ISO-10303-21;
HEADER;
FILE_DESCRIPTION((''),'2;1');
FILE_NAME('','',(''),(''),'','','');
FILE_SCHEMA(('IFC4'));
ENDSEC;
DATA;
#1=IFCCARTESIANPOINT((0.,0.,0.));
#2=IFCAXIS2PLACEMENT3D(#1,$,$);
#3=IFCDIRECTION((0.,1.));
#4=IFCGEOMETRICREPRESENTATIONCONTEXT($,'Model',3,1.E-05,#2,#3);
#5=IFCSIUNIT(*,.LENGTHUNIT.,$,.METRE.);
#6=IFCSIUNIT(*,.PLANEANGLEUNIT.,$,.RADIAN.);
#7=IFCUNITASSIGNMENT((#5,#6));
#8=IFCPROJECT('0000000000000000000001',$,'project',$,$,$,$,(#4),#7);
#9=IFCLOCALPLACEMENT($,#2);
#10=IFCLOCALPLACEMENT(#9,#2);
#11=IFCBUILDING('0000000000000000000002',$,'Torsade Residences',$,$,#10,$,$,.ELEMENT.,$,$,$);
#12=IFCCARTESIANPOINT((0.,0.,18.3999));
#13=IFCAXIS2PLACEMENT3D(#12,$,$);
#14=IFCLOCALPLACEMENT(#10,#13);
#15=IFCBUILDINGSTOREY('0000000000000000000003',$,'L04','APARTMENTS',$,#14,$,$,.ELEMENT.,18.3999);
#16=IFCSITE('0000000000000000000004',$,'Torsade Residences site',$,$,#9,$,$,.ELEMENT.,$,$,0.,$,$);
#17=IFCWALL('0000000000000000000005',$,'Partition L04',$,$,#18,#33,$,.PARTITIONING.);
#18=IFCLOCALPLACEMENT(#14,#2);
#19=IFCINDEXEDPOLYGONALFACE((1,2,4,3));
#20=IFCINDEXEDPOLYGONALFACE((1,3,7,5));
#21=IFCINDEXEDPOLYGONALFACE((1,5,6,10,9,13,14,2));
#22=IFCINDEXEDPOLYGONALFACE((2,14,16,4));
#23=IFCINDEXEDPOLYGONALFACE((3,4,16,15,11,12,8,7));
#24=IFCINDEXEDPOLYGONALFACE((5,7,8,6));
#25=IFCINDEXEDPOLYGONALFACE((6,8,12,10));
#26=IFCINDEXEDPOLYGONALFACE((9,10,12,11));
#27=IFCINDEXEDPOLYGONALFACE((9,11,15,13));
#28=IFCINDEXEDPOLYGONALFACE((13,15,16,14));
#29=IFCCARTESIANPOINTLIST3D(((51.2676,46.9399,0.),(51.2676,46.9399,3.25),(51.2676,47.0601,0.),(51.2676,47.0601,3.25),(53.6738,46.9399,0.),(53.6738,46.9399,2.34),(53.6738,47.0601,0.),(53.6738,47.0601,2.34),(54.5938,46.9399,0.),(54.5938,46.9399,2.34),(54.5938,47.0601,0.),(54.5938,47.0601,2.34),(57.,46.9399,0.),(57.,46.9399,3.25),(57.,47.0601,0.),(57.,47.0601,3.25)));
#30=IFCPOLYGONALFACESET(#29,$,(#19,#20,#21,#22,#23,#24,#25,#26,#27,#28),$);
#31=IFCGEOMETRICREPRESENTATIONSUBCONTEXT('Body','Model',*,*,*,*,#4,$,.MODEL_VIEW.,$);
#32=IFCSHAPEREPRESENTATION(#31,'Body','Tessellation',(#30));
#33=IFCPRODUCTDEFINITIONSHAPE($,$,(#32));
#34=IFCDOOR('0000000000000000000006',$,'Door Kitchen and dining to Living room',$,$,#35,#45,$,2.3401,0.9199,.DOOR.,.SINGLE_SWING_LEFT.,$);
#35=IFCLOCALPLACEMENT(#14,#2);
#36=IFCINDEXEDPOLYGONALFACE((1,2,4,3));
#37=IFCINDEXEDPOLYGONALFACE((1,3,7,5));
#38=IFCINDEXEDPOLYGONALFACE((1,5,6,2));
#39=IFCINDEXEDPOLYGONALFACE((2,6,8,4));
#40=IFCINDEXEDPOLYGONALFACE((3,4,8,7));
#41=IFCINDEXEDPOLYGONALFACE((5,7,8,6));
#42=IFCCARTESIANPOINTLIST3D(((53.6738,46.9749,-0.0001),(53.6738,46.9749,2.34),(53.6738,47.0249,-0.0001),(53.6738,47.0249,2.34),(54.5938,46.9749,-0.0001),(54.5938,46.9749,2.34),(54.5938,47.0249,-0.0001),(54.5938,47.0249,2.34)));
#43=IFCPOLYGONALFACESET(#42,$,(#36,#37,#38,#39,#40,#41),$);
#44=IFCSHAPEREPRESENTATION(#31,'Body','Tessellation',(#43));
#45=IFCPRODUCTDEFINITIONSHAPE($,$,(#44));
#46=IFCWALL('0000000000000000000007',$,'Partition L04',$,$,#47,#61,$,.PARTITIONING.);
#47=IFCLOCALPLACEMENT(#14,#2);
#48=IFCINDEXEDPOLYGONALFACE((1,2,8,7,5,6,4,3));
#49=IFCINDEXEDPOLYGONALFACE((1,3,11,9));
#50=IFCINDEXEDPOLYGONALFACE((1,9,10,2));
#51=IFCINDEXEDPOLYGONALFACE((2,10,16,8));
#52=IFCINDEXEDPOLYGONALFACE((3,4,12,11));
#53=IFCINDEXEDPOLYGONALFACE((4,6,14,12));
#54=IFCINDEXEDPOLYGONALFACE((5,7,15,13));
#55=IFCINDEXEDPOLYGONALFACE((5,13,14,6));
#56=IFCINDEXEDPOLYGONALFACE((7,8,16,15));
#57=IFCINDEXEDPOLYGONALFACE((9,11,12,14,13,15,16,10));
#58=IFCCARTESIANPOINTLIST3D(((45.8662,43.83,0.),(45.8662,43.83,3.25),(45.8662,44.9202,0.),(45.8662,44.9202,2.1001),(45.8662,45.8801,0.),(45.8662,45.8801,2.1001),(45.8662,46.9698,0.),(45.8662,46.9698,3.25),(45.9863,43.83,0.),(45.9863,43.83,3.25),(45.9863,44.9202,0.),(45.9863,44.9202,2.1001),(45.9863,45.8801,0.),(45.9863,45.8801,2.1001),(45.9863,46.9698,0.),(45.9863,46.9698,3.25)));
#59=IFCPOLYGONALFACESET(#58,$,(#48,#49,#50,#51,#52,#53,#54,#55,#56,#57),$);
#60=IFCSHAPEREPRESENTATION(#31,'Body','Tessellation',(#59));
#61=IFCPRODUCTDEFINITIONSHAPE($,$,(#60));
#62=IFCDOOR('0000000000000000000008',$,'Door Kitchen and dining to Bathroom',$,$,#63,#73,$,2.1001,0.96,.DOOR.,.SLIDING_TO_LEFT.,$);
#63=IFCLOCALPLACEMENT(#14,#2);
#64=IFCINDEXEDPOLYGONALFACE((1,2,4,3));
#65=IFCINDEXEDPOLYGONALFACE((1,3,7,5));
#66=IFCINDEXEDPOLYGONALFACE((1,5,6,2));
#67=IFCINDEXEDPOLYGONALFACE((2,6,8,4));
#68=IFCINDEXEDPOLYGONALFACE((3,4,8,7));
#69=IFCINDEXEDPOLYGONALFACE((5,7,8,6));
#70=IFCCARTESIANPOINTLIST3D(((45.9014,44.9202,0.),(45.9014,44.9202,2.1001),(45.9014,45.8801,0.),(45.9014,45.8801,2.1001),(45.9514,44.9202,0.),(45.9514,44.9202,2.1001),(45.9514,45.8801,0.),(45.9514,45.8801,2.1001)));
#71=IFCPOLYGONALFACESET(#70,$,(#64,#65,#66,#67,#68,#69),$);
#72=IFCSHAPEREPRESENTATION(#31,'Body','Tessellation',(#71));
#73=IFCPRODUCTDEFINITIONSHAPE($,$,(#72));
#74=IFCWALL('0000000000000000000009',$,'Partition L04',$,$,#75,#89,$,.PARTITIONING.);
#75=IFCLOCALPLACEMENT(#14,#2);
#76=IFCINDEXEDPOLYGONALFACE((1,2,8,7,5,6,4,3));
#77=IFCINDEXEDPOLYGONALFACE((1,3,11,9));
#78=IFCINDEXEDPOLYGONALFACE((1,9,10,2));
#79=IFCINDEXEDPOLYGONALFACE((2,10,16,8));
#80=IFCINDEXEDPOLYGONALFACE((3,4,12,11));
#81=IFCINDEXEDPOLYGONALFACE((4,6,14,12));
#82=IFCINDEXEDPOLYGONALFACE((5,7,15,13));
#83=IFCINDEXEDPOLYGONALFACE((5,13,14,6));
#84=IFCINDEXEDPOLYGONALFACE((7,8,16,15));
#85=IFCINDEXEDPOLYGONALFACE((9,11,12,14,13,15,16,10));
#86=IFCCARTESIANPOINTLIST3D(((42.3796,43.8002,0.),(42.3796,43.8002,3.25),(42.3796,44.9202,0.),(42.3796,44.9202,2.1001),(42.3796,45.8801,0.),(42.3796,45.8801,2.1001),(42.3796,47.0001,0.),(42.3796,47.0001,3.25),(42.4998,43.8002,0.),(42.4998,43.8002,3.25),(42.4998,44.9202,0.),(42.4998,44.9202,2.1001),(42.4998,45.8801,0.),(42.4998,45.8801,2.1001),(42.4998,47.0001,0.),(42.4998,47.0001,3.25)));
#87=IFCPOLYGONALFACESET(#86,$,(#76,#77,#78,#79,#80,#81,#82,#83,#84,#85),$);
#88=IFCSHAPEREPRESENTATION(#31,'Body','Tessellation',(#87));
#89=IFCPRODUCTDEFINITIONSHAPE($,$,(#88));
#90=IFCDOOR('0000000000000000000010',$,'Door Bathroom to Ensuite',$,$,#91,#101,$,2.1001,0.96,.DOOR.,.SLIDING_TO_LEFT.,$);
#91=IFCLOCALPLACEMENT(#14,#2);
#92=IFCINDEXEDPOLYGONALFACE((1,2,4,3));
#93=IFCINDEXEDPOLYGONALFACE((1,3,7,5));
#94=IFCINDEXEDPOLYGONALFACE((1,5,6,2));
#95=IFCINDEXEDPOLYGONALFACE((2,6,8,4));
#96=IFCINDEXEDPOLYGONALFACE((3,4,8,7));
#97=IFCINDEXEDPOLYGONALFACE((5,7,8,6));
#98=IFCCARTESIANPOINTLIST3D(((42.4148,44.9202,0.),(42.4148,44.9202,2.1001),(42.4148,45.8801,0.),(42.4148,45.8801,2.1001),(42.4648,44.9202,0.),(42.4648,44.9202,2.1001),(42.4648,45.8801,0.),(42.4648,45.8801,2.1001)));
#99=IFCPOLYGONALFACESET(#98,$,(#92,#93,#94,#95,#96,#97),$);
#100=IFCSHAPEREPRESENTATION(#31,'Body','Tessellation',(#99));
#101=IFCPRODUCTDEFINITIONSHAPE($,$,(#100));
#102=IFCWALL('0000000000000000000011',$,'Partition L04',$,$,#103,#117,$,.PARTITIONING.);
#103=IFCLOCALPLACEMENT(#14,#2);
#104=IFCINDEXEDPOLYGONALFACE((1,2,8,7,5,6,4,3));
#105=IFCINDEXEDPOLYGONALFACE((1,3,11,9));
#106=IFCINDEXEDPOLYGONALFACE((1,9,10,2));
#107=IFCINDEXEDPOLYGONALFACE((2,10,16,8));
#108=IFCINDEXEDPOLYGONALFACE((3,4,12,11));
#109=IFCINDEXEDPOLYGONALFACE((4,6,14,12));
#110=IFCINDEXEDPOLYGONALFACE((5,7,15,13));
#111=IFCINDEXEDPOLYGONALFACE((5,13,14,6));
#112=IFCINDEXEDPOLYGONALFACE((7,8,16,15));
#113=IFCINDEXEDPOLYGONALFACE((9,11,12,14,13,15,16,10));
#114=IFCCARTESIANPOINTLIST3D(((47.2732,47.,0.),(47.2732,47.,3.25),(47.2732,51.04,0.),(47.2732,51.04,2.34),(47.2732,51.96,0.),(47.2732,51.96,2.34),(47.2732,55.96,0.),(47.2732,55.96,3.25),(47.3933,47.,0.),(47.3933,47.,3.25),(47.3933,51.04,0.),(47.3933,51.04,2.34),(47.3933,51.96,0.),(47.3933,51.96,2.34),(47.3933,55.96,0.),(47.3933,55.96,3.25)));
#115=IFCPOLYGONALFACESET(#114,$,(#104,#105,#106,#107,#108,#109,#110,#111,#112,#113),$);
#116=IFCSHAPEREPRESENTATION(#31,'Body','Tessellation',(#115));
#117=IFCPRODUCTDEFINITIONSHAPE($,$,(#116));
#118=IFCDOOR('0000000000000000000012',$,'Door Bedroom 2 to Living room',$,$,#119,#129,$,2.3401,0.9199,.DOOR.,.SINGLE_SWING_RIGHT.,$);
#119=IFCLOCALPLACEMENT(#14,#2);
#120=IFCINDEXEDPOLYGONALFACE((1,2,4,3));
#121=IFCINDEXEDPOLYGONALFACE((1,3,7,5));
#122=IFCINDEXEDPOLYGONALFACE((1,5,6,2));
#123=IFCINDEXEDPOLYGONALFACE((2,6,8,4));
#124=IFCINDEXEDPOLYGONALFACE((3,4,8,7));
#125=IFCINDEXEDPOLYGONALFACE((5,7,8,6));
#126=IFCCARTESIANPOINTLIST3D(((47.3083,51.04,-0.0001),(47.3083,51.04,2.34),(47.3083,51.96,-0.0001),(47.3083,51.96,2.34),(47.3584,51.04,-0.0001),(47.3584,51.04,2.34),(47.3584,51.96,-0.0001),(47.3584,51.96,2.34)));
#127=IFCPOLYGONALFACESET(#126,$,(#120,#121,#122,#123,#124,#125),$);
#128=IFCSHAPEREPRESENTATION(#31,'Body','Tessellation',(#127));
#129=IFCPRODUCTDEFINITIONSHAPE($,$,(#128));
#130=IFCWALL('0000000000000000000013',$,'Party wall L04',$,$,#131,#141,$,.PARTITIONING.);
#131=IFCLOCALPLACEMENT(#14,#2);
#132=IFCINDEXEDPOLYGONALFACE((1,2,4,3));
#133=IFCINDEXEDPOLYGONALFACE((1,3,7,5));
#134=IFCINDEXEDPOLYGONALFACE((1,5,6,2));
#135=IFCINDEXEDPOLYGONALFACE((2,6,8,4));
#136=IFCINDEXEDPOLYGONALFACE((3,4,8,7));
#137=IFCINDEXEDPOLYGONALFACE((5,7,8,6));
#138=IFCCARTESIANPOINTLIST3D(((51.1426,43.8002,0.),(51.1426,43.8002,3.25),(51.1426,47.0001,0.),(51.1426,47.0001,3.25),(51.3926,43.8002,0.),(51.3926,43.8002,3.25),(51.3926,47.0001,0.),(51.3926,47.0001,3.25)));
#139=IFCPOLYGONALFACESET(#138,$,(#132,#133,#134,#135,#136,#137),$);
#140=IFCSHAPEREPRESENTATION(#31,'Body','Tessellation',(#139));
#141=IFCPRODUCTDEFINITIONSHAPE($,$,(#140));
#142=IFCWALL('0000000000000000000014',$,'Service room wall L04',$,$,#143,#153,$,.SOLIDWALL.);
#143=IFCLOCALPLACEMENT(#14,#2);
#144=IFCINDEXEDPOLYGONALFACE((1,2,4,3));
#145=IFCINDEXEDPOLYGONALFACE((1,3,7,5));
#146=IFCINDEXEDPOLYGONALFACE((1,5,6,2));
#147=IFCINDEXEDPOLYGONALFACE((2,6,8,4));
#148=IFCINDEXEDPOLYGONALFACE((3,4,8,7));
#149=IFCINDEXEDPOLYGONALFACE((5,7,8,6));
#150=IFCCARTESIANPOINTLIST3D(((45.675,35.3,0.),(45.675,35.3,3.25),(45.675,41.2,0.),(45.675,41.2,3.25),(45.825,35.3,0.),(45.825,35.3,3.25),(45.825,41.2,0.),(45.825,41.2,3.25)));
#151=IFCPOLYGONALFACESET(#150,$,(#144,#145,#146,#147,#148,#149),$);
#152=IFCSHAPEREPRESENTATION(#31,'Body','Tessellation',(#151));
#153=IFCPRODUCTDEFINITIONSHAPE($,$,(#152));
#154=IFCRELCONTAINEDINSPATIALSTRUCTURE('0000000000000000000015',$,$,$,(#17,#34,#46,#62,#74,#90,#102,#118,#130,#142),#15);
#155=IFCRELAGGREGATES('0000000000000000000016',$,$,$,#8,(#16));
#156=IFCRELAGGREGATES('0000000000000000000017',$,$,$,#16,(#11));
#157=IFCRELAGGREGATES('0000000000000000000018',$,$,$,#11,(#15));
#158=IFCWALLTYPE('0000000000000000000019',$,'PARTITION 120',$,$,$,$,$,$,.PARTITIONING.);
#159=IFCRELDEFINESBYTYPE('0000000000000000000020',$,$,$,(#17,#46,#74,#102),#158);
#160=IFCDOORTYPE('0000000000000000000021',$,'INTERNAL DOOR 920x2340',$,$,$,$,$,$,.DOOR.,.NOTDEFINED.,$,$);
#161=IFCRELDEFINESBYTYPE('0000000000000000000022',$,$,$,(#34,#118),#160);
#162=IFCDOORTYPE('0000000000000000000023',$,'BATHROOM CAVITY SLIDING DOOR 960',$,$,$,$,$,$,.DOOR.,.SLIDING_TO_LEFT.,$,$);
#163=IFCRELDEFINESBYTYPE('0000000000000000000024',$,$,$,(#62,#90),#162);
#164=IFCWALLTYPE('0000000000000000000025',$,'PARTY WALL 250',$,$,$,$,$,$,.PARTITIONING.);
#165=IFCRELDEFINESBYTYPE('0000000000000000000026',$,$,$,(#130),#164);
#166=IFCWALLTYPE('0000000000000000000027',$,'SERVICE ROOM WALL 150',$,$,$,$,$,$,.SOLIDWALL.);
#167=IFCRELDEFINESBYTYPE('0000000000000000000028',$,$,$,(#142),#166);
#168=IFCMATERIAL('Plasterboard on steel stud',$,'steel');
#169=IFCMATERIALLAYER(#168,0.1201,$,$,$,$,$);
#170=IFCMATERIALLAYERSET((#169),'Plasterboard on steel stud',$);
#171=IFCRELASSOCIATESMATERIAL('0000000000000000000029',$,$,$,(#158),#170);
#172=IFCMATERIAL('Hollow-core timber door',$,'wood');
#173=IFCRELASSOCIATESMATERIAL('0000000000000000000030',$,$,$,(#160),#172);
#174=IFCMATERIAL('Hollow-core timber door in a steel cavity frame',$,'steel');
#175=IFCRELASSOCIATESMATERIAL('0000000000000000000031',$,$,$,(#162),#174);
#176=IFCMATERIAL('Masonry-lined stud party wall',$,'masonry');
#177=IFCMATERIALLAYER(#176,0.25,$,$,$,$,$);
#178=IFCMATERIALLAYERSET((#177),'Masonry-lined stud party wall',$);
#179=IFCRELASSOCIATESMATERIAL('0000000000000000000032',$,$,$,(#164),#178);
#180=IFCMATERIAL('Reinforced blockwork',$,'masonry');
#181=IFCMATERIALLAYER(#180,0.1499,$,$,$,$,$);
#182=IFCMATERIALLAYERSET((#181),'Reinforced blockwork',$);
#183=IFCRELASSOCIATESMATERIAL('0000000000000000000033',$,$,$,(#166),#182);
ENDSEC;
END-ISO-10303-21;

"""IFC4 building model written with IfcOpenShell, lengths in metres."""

from ifc_helpers import new_model, si_unit, direction, frame, frame_2d, origin, place, context, subcontext, project, spatial, rectangle, extrude, material, layer, layer_set, type_object, element, fill, save


model = new_model("IFC4")

# Units and contexts
model_context = context("Model", 3, precision=1e-05, world=origin(), true_north=direction((0.0, 1.0)))
body_context = subcontext(model_context, "Body", "Model", "MODEL_VIEW")
ifc_project = project(units=[si_unit("LENGTHUNIT", "METRE"), si_unit("PLANEANGLEUNIT", "RADIAN")], contexts=[model_context])

# Site, building, storey
site_placement = place(None, origin())
site = spatial("IfcSite", under=ifc_project, at=site_placement, Name="Torsade Residences site", CompositionType="ELEMENT", RefElevation=0.0)
building_placement = place(site_placement, origin())
building = spatial("IfcBuilding", under=site, at=building_placement, Name="Torsade Residences", CompositionType="ELEMENT")
storey_placement = place(building_placement, frame((0.0, 0.0, 18.3999)))
storey = spatial("IfcBuildingStorey", under=building, at=storey_placement, Name="L04", Description="APARTMENTS", CompositionType="ELEMENT", Elevation=18.3999)

# Shared definitions
ifc_material_1 = material(Name="Plasterboard on steel stud", Category="steel")
ifc_layer_1 = layer(ifc_material_1, 0.1201)
ifc_layer_set_1 = layer_set([ifc_layer_1], Name="Plasterboard on steel stud")
wall_type_1 = type_object("IfcWallType", Name="PARTITION 120", PredefinedType="PARTITIONING", material=ifc_layer_set_1)

# Walls, openings, doors
wall_1_placement = place(storey_placement, frame((51.2676, 47.0, 0.0), z_axis=(0.0, 0.0, 1.0), x_axis=(1.0, 0.0, 0.0)))
wall_1 = element("IfcWall", 1, at=wall_1_placement, inside=storey, type_object=wall_type_1, Name="Partition L04", PredefinedType="PARTITIONING", context=body_context, shape_type="SweptSolid", body=[
    extrude(rectangle(XDim=5.7324, YDim=0.1201, at=frame_2d((2.8662, 0.0))), origin(), (0.0, 0.0, 1.0), 3.25),
])
opening_1_placement = place(wall_1_placement, frame((2.4062, 0.0, 0.0)))
opening_1 = element("IfcOpeningElement", 2, at=opening_1_placement, cuts=wall_1, PredefinedType="OPENING", context=body_context, shape_type="SweptSolid", body=[
    extrude(rectangle(XDim=0.9199, YDim=2.3401, at=frame_2d((0.46, 1.1699))), frame((0.0, 0.0701, 0.0), z_axis=(0.0, -1.0, 0.0), x_axis=(1.0, 0.0, 0.0)), (0.0, 0.0, 1.0), 0.1401),
])
ifc_material_2 = material(Name="Hollow-core timber door", Category="wood")
door_type_1 = type_object("IfcDoorType", Name="INTERNAL DOOR 920x2340", OperationType="NOTDEFINED", PredefinedType="DOOR", material=ifc_material_2)
door_1_placement = place(opening_1_placement, origin())
door_1 = element("IfcDoor", 3, at=door_1_placement, inside=storey, type_object=door_type_1, Name="Door Kitchen and dining to Living room", OperationType="SINGLE_SWING_LEFT", OverallHeight=2.3401, OverallWidth=0.9199, PredefinedType="DOOR", context=body_context, shape_type="SweptSolid", body=[
    extrude(rectangle(XDim=0.9199, YDim=2.3401, at=frame_2d((0.46, 1.1699))), frame((0.0, 0.0249, 0.0), z_axis=(0.0, -1.0, 0.0), x_axis=(1.0, 0.0, 0.0)), (0.0, 0.0, 1.0), 0.05),
])
fill(opening_1, door_1)
wall_2_placement = place(storey_placement, frame((45.9263, 43.8301, 0.0), z_axis=(0.0, 0.0, 1.0), x_axis=(0.0, 1.0, 0.0)))
wall_2 = element("IfcWall", 4, at=wall_2_placement, inside=storey, type_object=wall_type_1, Name="Partition L04", PredefinedType="PARTITIONING", context=body_context, shape_type="SweptSolid", body=[
    extrude(rectangle(XDim=3.1399, YDim=0.1201, at=frame_2d((1.5698, 0.0))), origin(), (0.0, 0.0, 1.0), 3.25),
])
opening_2_placement = place(wall_2_placement, frame((1.0901, 0.0, 0.0)))
opening_2 = element("IfcOpeningElement", 5, at=opening_2_placement, cuts=wall_2, PredefinedType="OPENING", context=body_context, shape_type="SweptSolid", body=[
    extrude(rectangle(XDim=0.96, YDim=2.1001, at=frame_2d((0.48, 1.05))), frame((0.0, 0.0701, 0.0), z_axis=(0.0, -1.0, 0.0), x_axis=(1.0, 0.0, 0.0)), (0.0, 0.0, 1.0), 0.1401),
])
ifc_material_3 = material(Name="Hollow-core timber door in a steel cavity frame", Category="steel")
door_type_2 = type_object("IfcDoorType", Name="BATHROOM CAVITY SLIDING DOOR 960", OperationType="SLIDING_TO_LEFT", PredefinedType="DOOR", material=ifc_material_3)
door_2_placement = place(opening_2_placement, origin())
door_2 = element("IfcDoor", 6, at=door_2_placement, inside=storey, type_object=door_type_2, Name="Door Kitchen and dining to Bathroom", OperationType="SLIDING_TO_LEFT", OverallHeight=2.1001, OverallWidth=0.96, PredefinedType="DOOR", context=body_context, shape_type="SweptSolid", body=[
    extrude(rectangle(XDim=0.96, YDim=2.1001, at=frame_2d((0.48, 1.05))), frame((0.0, 0.0249, 0.0), z_axis=(0.0, -1.0, 0.0), x_axis=(1.0, 0.0, 0.0)), (0.0, 0.0, 1.0), 0.05),
])
fill(opening_2, door_2)
wall_3_placement = place(storey_placement, frame((42.4397, 43.8, 0.0), z_axis=(0.0, 0.0, 1.0), x_axis=(0.0, 1.0, 0.0)))
wall_3 = element("IfcWall", 7, at=wall_3_placement, inside=storey, type_object=wall_type_1, Name="Partition L04", PredefinedType="PARTITIONING", context=body_context, shape_type="SweptSolid", body=[
    extrude(rectangle(XDim=3.2, YDim=0.1201, at=frame_2d((1.6001, 0.0))), origin(), (0.0, 0.0, 1.0), 3.25),
])
opening_3_placement = place(wall_3_placement, frame((1.1201, 0.0, 0.0)))
opening_3 = element("IfcOpeningElement", 8, at=opening_3_placement, cuts=wall_3, PredefinedType="OPENING", context=body_context, shape_type="SweptSolid", body=[
    extrude(rectangle(XDim=0.96, YDim=2.1001, at=frame_2d((0.48, 1.05))), frame((0.0, 0.0701, 0.0), z_axis=(0.0, -1.0, 0.0), x_axis=(1.0, 0.0, 0.0)), (0.0, 0.0, 1.0), 0.1401),
])
door_3_placement = place(opening_3_placement, origin())
door_3 = element("IfcDoor", 9, at=door_3_placement, inside=storey, type_object=door_type_2, Name="Door Bathroom to Ensuite", OperationType="SLIDING_TO_LEFT", OverallHeight=2.1001, OverallWidth=0.96, PredefinedType="DOOR", context=body_context, shape_type="SweptSolid", body=[
    extrude(rectangle(XDim=0.96, YDim=2.1001, at=frame_2d((0.48, 1.05))), frame((0.0, 0.0249, 0.0), z_axis=(0.0, -1.0, 0.0), x_axis=(1.0, 0.0, 0.0)), (0.0, 0.0, 1.0), 0.05),
])
fill(opening_3, door_3)
wall_4_placement = place(storey_placement, frame((47.3333, 47.0, 0.0), z_axis=(0.0, 0.0, 1.0), x_axis=(0.0, 1.0, 0.0)))
wall_4 = element("IfcWall", 10, at=wall_4_placement, inside=storey, type_object=wall_type_1, Name="Partition L04", PredefinedType="PARTITIONING", context=body_context, shape_type="SweptSolid", body=[
    extrude(rectangle(XDim=8.96, YDim=0.1201, at=frame_2d((4.48, 0.0))), origin(), (0.0, 0.0, 1.0), 3.25),
])
opening_4_placement = place(wall_4_placement, frame((4.04, 0.0, 0.0)))
opening_4 = element("IfcOpeningElement", 11, at=opening_4_placement, cuts=wall_4, PredefinedType="OPENING", context=body_context, shape_type="SweptSolid", body=[
    extrude(rectangle(XDim=0.9199, YDim=2.3401, at=frame_2d((0.46, 1.1699))), frame((0.0, 0.0701, 0.0), z_axis=(0.0, -1.0, 0.0), x_axis=(1.0, 0.0, 0.0)), (0.0, 0.0, 1.0), 0.1401),
])
door_4_placement = place(opening_4_placement, origin())
door_4 = element("IfcDoor", 12, at=door_4_placement, inside=storey, type_object=door_type_1, Name="Door Bedroom 2 to Living room", OperationType="SINGLE_SWING_RIGHT", OverallHeight=2.3401, OverallWidth=0.9199, PredefinedType="DOOR", context=body_context, shape_type="SweptSolid", body=[
    extrude(rectangle(XDim=0.9199, YDim=2.3401, at=frame_2d((0.46, 1.1699))), frame((0.0, 0.0249, 0.0), z_axis=(0.0, -1.0, 0.0), x_axis=(1.0, 0.0, 0.0)), (0.0, 0.0, 1.0), 0.05),
])
fill(opening_4, door_4)

# Walls
ifc_material_4 = material(Name="Masonry-lined stud party wall", Category="masonry")
ifc_layer_2 = layer(ifc_material_4, 0.25)
ifc_layer_set_2 = layer_set([ifc_layer_2], Name="Masonry-lined stud party wall")
wall_type_2 = type_object("IfcWallType", Name="PARTY WALL 250", PredefinedType="PARTITIONING", material=ifc_layer_set_2)
wall_5_placement = place(storey_placement, frame((51.2676, 43.8, 0.0), z_axis=(0.0, 0.0, 1.0), x_axis=(0.0, 1.0, 0.0)))
element("IfcWall", 13, at=wall_5_placement, inside=storey, type_object=wall_type_2, Name="Party wall L04", PredefinedType="PARTITIONING", context=body_context, shape_type="SweptSolid", body=[
    extrude(rectangle(XDim=3.2, YDim=0.25, at=frame_2d((1.6001, 0.0))), origin(), (0.0, 0.0, 1.0), 3.25),
])
ifc_material_5 = material(Name="Reinforced blockwork", Category="masonry")
ifc_layer_3 = layer(ifc_material_5, 0.1499)
ifc_layer_set_3 = layer_set([ifc_layer_3], Name="Reinforced blockwork")
wall_type_3 = type_object("IfcWallType", Name="SERVICE ROOM WALL 150", PredefinedType="SOLIDWALL", material=ifc_layer_set_3)
wall_6_placement = place(storey_placement, frame((45.75, 41.2, 0.0), z_axis=(0.0, 0.0, 1.0), x_axis=(0.0, -1.0, 0.0)))
element("IfcWall", 14, at=wall_6_placement, inside=storey, type_object=wall_type_3, Name="Service room wall L04", PredefinedType="SOLIDWALL", context=body_context, shape_type="SweptSolid", body=[
    extrude(rectangle(XDim=5.8999, YDim=0.1499, at=frame_2d((2.95, 0.0))), origin(), (0.0, 0.0, 1.0), 3.25),
])

save(model, "model.ifc")
